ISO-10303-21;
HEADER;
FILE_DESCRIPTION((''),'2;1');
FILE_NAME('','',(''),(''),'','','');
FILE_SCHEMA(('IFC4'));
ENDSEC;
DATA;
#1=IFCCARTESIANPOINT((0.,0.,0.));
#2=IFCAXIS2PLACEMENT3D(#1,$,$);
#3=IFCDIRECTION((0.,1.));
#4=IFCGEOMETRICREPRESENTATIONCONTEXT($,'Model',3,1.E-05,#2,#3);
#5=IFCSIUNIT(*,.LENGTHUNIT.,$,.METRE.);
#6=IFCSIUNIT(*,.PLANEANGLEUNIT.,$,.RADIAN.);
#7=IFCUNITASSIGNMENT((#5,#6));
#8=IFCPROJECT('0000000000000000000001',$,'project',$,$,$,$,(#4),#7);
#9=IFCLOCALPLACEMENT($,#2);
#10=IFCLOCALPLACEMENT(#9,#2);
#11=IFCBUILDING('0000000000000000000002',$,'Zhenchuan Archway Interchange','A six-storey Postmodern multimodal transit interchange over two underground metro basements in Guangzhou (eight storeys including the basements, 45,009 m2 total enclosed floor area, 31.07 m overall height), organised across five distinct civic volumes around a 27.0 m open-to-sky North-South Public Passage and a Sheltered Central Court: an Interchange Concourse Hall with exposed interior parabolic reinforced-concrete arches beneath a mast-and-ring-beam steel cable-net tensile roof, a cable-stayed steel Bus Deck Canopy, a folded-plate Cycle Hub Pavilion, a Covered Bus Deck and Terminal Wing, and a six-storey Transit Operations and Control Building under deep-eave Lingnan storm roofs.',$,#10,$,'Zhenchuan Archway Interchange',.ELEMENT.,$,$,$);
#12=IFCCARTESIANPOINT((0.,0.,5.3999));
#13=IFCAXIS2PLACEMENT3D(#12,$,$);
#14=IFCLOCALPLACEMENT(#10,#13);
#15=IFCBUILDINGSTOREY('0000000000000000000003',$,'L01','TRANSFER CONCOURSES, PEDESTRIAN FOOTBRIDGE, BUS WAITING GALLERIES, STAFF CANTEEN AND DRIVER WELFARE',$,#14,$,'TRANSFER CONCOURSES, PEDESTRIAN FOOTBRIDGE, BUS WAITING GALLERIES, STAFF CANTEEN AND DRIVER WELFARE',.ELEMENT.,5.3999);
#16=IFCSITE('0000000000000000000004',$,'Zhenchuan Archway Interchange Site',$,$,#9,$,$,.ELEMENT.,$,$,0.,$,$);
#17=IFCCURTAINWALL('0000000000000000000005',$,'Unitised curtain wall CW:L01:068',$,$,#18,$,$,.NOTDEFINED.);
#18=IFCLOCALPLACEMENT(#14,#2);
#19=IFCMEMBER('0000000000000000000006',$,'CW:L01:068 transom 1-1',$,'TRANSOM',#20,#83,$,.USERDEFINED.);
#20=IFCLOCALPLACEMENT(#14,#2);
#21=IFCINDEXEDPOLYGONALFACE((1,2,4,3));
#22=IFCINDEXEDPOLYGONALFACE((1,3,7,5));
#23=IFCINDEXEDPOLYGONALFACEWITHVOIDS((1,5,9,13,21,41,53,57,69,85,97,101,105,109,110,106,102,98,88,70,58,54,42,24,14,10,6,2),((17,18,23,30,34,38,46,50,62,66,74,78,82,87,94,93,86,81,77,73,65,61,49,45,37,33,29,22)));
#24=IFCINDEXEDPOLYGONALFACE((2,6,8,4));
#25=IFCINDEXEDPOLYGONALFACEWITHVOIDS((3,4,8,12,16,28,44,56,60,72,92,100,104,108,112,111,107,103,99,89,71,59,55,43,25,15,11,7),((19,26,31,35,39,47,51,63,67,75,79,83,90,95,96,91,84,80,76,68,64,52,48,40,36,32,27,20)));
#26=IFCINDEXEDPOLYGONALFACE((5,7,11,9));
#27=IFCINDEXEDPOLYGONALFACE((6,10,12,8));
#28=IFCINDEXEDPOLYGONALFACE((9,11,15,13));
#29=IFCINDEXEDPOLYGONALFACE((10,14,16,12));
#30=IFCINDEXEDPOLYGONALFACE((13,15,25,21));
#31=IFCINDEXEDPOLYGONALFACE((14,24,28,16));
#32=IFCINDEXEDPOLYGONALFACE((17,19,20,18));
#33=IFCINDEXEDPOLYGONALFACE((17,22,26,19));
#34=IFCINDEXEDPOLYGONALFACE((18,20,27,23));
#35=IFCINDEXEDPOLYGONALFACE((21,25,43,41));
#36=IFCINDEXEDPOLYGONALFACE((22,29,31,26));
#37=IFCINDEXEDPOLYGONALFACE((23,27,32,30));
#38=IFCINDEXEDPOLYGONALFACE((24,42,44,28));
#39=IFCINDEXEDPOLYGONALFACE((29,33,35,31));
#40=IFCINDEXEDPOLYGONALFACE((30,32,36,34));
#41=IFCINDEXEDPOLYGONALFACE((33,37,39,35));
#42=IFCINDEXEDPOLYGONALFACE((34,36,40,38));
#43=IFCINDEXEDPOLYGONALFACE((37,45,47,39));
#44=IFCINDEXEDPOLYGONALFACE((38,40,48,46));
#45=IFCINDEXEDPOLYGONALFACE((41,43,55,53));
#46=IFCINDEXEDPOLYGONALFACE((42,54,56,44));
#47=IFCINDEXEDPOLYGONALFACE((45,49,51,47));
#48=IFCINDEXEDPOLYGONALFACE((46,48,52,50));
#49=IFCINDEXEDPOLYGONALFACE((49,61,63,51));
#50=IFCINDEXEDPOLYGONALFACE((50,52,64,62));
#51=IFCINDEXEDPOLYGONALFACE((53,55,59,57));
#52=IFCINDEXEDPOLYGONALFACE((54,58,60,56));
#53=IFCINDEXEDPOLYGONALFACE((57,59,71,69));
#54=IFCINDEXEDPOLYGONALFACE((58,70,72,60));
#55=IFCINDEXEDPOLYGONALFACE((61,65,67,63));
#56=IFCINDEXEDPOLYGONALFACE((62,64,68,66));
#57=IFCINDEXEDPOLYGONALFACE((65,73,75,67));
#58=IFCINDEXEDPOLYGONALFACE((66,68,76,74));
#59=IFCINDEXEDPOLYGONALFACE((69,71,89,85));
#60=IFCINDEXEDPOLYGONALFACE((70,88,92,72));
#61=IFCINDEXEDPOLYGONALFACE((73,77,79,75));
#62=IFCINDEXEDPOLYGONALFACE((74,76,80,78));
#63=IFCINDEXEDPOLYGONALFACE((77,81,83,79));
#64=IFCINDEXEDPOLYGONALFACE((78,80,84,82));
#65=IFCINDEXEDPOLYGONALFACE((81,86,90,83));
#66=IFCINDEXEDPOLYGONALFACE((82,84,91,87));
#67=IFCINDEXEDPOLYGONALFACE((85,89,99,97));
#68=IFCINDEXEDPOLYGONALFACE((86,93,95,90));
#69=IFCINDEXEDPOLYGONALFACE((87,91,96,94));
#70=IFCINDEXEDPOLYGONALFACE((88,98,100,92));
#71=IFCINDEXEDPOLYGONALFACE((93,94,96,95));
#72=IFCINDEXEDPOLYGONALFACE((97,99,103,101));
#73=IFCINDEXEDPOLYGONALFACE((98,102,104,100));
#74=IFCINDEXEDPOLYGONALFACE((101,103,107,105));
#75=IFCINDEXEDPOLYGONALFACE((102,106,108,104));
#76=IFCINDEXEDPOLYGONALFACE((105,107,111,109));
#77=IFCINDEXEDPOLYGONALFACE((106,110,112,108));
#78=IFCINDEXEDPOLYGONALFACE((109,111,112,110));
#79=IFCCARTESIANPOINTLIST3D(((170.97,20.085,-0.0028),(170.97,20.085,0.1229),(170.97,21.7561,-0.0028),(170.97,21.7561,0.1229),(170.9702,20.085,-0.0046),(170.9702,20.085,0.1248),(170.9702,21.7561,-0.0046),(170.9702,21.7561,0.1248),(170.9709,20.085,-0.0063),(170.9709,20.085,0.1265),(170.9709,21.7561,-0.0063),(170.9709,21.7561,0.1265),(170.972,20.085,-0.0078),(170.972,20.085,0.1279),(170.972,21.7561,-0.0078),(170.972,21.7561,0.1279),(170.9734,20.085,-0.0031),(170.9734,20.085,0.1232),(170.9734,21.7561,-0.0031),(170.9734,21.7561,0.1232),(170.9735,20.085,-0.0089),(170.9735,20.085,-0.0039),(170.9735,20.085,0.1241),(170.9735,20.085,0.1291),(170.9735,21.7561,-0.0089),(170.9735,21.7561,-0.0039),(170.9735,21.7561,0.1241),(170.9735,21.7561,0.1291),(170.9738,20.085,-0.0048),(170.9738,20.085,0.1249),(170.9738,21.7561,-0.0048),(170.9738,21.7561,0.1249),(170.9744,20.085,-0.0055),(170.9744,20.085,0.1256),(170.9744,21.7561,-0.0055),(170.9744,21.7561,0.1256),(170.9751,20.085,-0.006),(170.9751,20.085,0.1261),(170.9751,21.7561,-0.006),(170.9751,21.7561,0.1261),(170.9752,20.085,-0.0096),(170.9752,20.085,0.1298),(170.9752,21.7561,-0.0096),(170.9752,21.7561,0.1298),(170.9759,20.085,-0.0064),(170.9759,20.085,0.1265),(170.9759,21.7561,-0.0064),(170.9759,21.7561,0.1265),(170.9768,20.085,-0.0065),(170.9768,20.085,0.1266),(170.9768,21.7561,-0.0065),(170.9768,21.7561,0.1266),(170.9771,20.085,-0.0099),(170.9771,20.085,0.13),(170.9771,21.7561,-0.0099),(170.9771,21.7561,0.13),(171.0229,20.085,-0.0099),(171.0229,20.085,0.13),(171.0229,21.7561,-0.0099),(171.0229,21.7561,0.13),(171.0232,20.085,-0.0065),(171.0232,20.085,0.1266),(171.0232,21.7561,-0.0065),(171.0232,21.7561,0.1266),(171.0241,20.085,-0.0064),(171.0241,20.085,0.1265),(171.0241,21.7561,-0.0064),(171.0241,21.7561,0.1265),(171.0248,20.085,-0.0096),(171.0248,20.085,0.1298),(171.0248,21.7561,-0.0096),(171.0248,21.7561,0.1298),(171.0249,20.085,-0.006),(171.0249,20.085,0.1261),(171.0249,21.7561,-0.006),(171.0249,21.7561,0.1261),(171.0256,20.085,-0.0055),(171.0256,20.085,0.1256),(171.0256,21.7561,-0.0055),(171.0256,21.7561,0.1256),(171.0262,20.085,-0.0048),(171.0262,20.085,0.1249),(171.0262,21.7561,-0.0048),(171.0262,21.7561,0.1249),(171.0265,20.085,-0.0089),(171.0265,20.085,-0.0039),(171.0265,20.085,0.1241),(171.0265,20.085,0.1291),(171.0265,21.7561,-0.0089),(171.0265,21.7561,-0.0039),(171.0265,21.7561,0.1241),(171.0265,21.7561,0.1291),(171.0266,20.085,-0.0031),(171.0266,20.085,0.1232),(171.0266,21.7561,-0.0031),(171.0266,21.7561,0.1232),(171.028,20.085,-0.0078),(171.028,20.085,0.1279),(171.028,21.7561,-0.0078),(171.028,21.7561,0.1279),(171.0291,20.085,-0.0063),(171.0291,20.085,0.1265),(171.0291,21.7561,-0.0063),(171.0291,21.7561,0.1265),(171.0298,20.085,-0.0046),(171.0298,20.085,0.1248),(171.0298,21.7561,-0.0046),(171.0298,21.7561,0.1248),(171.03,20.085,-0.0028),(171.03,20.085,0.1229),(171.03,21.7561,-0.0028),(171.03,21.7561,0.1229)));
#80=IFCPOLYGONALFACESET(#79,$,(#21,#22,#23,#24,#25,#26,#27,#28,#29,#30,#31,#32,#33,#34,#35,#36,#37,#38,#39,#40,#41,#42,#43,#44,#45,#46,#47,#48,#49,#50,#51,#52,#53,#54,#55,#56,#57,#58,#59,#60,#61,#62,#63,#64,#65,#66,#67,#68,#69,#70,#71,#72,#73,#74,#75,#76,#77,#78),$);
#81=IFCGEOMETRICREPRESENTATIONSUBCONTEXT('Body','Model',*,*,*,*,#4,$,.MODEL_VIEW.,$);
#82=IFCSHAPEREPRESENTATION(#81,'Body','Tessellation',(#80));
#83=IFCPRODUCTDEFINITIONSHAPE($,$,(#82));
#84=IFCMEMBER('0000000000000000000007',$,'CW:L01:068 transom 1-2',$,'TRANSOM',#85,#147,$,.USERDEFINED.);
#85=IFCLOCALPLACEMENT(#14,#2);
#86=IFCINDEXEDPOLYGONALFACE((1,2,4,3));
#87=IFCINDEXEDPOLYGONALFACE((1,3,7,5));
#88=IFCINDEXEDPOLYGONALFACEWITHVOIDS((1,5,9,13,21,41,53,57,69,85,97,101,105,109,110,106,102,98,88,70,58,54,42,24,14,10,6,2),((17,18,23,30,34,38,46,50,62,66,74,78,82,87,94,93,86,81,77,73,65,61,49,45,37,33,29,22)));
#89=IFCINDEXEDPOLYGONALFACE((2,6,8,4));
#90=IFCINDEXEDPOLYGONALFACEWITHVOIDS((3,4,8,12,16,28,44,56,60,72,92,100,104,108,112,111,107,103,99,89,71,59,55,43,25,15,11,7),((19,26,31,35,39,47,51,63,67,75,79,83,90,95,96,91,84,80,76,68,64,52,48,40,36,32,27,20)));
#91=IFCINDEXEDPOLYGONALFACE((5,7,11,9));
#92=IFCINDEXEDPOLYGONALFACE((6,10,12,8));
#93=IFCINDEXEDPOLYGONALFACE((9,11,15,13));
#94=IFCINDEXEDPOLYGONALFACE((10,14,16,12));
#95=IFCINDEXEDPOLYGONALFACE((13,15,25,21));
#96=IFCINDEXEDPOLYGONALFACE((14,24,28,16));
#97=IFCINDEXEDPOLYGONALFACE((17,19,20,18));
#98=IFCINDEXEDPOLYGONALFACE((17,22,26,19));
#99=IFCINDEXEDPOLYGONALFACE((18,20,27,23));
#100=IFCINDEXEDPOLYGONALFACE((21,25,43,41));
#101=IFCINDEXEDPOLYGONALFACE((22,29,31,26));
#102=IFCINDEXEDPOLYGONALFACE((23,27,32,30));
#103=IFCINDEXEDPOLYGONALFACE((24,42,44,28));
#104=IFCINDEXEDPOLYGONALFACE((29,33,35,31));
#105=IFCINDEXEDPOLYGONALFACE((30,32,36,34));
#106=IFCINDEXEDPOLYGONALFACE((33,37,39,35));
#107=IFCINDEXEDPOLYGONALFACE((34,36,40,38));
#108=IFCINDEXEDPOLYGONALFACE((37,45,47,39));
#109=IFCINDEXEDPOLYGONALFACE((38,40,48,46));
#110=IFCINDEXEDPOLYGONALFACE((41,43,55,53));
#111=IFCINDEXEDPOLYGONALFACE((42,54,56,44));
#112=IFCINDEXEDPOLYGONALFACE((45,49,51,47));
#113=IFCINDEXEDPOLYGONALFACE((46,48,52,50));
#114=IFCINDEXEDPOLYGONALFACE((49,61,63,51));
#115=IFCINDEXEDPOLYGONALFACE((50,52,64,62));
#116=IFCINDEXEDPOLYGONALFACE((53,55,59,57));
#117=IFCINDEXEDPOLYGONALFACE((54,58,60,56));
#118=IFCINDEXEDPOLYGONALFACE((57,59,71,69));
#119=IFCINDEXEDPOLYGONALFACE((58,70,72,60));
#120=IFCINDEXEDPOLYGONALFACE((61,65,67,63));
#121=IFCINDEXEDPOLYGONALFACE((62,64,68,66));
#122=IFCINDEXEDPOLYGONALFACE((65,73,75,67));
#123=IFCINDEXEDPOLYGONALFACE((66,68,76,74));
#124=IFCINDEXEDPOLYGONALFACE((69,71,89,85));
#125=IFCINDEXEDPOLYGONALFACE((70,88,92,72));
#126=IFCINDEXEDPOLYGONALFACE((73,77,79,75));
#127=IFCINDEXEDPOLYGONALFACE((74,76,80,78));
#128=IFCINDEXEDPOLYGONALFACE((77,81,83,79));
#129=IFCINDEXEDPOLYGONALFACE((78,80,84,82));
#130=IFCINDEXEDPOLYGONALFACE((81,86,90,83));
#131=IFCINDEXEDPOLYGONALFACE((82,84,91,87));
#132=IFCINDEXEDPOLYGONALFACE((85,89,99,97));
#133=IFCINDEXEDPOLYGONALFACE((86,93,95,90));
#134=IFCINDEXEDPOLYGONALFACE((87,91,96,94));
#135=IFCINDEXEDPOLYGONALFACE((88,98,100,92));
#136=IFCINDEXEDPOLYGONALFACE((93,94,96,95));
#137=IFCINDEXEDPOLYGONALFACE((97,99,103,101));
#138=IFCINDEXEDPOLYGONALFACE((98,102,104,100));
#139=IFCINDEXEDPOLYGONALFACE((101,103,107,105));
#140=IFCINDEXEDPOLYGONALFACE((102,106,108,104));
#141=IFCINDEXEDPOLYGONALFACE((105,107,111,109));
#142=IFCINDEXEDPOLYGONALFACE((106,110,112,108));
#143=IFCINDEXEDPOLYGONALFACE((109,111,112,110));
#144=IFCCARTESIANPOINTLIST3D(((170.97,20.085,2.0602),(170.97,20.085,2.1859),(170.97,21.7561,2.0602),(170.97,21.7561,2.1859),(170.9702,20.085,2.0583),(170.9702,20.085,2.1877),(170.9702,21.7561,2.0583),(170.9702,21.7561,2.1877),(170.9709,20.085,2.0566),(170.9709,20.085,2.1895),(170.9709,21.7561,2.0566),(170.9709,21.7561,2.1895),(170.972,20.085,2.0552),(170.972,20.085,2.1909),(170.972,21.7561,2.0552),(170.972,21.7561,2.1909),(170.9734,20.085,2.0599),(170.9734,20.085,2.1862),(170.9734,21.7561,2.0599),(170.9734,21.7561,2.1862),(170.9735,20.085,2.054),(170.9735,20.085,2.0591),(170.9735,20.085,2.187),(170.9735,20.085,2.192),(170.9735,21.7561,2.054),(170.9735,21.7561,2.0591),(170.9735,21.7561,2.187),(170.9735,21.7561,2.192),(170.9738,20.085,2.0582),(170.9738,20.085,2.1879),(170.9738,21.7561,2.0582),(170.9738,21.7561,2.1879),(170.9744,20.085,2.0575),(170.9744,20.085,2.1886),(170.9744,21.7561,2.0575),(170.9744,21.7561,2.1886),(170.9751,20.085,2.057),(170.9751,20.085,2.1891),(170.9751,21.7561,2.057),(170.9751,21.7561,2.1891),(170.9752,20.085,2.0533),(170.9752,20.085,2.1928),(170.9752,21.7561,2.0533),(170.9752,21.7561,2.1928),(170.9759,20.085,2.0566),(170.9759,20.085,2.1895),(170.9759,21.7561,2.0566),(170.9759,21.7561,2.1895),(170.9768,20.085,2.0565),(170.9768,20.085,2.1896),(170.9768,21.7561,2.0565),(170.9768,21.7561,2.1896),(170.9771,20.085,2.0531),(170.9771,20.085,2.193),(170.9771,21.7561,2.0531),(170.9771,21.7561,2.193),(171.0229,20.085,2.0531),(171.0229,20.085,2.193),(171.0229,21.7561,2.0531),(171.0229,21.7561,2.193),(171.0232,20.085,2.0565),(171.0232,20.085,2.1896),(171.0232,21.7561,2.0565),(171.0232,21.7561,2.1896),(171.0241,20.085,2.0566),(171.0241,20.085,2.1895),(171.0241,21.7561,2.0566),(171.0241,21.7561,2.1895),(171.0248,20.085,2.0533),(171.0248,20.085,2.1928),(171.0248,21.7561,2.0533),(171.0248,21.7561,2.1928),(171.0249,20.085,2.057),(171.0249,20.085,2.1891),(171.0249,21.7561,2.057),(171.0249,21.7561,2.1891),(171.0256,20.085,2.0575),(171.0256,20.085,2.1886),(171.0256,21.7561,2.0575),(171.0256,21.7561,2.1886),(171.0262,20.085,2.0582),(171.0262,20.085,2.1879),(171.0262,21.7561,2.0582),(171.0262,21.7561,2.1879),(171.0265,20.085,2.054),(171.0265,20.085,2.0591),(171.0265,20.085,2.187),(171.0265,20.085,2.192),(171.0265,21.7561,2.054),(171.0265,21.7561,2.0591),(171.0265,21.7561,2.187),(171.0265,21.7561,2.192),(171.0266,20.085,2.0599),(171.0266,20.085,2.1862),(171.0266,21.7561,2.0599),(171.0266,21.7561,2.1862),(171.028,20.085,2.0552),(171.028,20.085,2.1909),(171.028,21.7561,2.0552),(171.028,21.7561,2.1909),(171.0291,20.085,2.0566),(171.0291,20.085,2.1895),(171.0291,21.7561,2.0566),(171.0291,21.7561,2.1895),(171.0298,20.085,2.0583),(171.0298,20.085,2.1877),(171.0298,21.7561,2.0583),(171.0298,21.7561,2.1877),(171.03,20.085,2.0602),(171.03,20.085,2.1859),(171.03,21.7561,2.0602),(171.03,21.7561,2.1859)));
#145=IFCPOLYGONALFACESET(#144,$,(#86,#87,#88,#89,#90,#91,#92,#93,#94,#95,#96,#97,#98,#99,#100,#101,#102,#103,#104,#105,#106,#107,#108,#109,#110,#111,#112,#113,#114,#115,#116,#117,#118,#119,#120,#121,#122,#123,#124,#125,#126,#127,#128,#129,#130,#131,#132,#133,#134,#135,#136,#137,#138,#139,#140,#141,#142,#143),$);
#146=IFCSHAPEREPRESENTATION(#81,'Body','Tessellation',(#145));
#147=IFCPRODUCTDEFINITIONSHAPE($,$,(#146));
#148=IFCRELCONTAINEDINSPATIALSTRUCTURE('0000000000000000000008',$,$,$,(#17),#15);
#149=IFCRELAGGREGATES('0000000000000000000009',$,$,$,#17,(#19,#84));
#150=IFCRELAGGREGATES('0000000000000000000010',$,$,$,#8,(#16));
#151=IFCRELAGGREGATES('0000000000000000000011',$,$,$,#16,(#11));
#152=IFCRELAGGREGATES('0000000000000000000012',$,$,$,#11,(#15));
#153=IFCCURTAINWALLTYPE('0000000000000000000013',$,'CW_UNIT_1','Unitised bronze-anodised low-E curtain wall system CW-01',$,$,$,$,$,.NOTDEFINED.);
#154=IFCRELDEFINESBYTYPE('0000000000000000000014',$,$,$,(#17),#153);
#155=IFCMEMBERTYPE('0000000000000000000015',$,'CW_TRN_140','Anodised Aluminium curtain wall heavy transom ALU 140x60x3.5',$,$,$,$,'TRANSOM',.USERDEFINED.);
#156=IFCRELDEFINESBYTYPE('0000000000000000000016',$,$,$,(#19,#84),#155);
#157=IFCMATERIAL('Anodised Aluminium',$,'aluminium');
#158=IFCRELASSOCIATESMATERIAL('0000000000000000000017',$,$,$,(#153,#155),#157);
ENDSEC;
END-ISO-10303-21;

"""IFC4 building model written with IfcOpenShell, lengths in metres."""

from ifc_helpers import new_model, si_unit, direction, frame, origin, origin_2d, place, context, subcontext, project, spatial, hollow_rectangle, extrude, material, material_profile, profile_set, type_object, element, aggregate, save


model = new_model("IFC4")

# Units and contexts
model_context = context("Model", 3, precision=1e-05, world=origin(), true_north=direction((0.0, 1.0)))
body_context = subcontext(model_context, "Body", "Model", "MODEL_VIEW")
ifc_project = project(units=[si_unit("LENGTHUNIT", "METRE"), si_unit("PLANEANGLEUNIT", "RADIAN")], contexts=[model_context])

# Site, building, storey
site_placement = place(None, origin())
site = spatial("IfcSite", under=ifc_project, at=site_placement, Name="Zhenchuan Archway Interchange Site", CompositionType="ELEMENT", RefElevation=0.0)
building_placement = place(site_placement, origin())
building = spatial("IfcBuilding", under=site, at=building_placement, Name="Zhenchuan Archway Interchange", Description="A six-storey Postmodern multimodal transit interchange over two underground metro basements in Guangzhou (eight storeys including the basements, 45,009 m2 total enclosed floor area, 31.07 m overall height), organised across five distinct civic volumes around a 27.0 m open-to-sky North-South Public Passage and a Sheltered Central Court: an Interchange Concourse Hall with exposed interior parabolic reinforced-concrete arches beneath a mast-and-ring-beam steel cable-net tensile roof, a cable-stayed steel Bus Deck Canopy, a folded-plate Cycle Hub Pavilion, a Covered Bus Deck and Terminal Wing, and a six-storey Transit Operations and Control Building under deep-eave Lingnan storm roofs.", LongName="Zhenchuan Archway Interchange", CompositionType="ELEMENT")
storey_placement = place(building_placement, frame((0.0, 0.0, 5.3999)))
storey = spatial("IfcBuildingStorey", under=building, at=storey_placement, Name="L01", Description="TRANSFER CONCOURSES, PEDESTRIAN FOOTBRIDGE, BUS WAITING GALLERIES, STAFF CANTEEN AND DRIVER WELFARE", LongName="TRANSFER CONCOURSES, PEDESTRIAN FOOTBRIDGE, BUS WAITING GALLERIES, STAFF CANTEEN AND DRIVER WELFARE", CompositionType="ELEMENT", Elevation=5.3999)

# Curtain wall, members
ifc_material_1 = material(Name="Anodised Aluminium", Category="aluminium")
curtain_wall_type = type_object("IfcCurtainWallType", Name="CW_UNIT_1", Description="Unitised bronze-anodised low-E curtain wall system CW-01", PredefinedType="NOTDEFINED", material=ifc_material_1)
curtain_wall_placement = place(storey_placement, origin())
curtain_wall = element("IfcCurtainWall", 1, at=curtain_wall_placement, inside=storey, type_object=curtain_wall_type, Name="Unitised curtain wall CW:L01:068", PredefinedType="NOTDEFINED")
ifc_material_profile_1 = material_profile(ifc_material_1, hollow_rectangle(XDim=0.0601, YDim=0.1399, WallThickness=0.0034, InnerFilletRadius=0.0034, OuterFilletRadius=0.0071, at=origin_2d()), Name="ALU 140x60x3.5")
ifc_profile_set_1 = profile_set([ifc_material_profile_1], Name="Anodised Aluminium")
member_type_1 = type_object("IfcMemberType", Name="CW_TRN_140", Description="Anodised Aluminium curtain wall heavy transom ALU 140x60x3.5", ElementType="TRANSOM", PredefinedType="USERDEFINED", material=ifc_profile_set_1)
member_1_placement = place(storey_placement, frame((171.0, 21.7561, 0.0601), z_axis=(0.0, -1.0, 0.0), x_axis=(1.0, 0.0, 0.0)))
member_1 = element("IfcMember", 2, at=member_1_placement, type_object=member_type_1, Name="CW:L01:068 transom 1-1", ObjectType="TRANSOM", PredefinedType="USERDEFINED", context=body_context, shape_type="SweptSolid", body=[
    extrude(hollow_rectangle(XDim=0.0601, YDim=0.1399, WallThickness=0.0034, InnerFilletRadius=0.0034, OuterFilletRadius=0.0071, at=origin_2d()), origin(), (0.0, 0.0, 1.0), 1.6711),
])
member_2_placement = place(storey_placement, frame((171.0, 21.7561, 2.123), z_axis=(0.0, -1.0, 0.0), x_axis=(1.0, 0.0, 0.0)))
member_2 = element("IfcMember", 3, at=member_2_placement, type_object=member_type_1, Name="CW:L01:068 transom 1-2", ObjectType="TRANSOM", PredefinedType="USERDEFINED", context=body_context, shape_type="SweptSolid", body=[
    extrude(hollow_rectangle(XDim=0.0601, YDim=0.1399, WallThickness=0.0034, InnerFilletRadius=0.0034, OuterFilletRadius=0.0071, at=origin_2d()), origin(), (0.0, 0.0, 1.0), 1.6711),
])

aggregate(curtain_wall, [member_1, member_2])

save(model, "model.ifc")
